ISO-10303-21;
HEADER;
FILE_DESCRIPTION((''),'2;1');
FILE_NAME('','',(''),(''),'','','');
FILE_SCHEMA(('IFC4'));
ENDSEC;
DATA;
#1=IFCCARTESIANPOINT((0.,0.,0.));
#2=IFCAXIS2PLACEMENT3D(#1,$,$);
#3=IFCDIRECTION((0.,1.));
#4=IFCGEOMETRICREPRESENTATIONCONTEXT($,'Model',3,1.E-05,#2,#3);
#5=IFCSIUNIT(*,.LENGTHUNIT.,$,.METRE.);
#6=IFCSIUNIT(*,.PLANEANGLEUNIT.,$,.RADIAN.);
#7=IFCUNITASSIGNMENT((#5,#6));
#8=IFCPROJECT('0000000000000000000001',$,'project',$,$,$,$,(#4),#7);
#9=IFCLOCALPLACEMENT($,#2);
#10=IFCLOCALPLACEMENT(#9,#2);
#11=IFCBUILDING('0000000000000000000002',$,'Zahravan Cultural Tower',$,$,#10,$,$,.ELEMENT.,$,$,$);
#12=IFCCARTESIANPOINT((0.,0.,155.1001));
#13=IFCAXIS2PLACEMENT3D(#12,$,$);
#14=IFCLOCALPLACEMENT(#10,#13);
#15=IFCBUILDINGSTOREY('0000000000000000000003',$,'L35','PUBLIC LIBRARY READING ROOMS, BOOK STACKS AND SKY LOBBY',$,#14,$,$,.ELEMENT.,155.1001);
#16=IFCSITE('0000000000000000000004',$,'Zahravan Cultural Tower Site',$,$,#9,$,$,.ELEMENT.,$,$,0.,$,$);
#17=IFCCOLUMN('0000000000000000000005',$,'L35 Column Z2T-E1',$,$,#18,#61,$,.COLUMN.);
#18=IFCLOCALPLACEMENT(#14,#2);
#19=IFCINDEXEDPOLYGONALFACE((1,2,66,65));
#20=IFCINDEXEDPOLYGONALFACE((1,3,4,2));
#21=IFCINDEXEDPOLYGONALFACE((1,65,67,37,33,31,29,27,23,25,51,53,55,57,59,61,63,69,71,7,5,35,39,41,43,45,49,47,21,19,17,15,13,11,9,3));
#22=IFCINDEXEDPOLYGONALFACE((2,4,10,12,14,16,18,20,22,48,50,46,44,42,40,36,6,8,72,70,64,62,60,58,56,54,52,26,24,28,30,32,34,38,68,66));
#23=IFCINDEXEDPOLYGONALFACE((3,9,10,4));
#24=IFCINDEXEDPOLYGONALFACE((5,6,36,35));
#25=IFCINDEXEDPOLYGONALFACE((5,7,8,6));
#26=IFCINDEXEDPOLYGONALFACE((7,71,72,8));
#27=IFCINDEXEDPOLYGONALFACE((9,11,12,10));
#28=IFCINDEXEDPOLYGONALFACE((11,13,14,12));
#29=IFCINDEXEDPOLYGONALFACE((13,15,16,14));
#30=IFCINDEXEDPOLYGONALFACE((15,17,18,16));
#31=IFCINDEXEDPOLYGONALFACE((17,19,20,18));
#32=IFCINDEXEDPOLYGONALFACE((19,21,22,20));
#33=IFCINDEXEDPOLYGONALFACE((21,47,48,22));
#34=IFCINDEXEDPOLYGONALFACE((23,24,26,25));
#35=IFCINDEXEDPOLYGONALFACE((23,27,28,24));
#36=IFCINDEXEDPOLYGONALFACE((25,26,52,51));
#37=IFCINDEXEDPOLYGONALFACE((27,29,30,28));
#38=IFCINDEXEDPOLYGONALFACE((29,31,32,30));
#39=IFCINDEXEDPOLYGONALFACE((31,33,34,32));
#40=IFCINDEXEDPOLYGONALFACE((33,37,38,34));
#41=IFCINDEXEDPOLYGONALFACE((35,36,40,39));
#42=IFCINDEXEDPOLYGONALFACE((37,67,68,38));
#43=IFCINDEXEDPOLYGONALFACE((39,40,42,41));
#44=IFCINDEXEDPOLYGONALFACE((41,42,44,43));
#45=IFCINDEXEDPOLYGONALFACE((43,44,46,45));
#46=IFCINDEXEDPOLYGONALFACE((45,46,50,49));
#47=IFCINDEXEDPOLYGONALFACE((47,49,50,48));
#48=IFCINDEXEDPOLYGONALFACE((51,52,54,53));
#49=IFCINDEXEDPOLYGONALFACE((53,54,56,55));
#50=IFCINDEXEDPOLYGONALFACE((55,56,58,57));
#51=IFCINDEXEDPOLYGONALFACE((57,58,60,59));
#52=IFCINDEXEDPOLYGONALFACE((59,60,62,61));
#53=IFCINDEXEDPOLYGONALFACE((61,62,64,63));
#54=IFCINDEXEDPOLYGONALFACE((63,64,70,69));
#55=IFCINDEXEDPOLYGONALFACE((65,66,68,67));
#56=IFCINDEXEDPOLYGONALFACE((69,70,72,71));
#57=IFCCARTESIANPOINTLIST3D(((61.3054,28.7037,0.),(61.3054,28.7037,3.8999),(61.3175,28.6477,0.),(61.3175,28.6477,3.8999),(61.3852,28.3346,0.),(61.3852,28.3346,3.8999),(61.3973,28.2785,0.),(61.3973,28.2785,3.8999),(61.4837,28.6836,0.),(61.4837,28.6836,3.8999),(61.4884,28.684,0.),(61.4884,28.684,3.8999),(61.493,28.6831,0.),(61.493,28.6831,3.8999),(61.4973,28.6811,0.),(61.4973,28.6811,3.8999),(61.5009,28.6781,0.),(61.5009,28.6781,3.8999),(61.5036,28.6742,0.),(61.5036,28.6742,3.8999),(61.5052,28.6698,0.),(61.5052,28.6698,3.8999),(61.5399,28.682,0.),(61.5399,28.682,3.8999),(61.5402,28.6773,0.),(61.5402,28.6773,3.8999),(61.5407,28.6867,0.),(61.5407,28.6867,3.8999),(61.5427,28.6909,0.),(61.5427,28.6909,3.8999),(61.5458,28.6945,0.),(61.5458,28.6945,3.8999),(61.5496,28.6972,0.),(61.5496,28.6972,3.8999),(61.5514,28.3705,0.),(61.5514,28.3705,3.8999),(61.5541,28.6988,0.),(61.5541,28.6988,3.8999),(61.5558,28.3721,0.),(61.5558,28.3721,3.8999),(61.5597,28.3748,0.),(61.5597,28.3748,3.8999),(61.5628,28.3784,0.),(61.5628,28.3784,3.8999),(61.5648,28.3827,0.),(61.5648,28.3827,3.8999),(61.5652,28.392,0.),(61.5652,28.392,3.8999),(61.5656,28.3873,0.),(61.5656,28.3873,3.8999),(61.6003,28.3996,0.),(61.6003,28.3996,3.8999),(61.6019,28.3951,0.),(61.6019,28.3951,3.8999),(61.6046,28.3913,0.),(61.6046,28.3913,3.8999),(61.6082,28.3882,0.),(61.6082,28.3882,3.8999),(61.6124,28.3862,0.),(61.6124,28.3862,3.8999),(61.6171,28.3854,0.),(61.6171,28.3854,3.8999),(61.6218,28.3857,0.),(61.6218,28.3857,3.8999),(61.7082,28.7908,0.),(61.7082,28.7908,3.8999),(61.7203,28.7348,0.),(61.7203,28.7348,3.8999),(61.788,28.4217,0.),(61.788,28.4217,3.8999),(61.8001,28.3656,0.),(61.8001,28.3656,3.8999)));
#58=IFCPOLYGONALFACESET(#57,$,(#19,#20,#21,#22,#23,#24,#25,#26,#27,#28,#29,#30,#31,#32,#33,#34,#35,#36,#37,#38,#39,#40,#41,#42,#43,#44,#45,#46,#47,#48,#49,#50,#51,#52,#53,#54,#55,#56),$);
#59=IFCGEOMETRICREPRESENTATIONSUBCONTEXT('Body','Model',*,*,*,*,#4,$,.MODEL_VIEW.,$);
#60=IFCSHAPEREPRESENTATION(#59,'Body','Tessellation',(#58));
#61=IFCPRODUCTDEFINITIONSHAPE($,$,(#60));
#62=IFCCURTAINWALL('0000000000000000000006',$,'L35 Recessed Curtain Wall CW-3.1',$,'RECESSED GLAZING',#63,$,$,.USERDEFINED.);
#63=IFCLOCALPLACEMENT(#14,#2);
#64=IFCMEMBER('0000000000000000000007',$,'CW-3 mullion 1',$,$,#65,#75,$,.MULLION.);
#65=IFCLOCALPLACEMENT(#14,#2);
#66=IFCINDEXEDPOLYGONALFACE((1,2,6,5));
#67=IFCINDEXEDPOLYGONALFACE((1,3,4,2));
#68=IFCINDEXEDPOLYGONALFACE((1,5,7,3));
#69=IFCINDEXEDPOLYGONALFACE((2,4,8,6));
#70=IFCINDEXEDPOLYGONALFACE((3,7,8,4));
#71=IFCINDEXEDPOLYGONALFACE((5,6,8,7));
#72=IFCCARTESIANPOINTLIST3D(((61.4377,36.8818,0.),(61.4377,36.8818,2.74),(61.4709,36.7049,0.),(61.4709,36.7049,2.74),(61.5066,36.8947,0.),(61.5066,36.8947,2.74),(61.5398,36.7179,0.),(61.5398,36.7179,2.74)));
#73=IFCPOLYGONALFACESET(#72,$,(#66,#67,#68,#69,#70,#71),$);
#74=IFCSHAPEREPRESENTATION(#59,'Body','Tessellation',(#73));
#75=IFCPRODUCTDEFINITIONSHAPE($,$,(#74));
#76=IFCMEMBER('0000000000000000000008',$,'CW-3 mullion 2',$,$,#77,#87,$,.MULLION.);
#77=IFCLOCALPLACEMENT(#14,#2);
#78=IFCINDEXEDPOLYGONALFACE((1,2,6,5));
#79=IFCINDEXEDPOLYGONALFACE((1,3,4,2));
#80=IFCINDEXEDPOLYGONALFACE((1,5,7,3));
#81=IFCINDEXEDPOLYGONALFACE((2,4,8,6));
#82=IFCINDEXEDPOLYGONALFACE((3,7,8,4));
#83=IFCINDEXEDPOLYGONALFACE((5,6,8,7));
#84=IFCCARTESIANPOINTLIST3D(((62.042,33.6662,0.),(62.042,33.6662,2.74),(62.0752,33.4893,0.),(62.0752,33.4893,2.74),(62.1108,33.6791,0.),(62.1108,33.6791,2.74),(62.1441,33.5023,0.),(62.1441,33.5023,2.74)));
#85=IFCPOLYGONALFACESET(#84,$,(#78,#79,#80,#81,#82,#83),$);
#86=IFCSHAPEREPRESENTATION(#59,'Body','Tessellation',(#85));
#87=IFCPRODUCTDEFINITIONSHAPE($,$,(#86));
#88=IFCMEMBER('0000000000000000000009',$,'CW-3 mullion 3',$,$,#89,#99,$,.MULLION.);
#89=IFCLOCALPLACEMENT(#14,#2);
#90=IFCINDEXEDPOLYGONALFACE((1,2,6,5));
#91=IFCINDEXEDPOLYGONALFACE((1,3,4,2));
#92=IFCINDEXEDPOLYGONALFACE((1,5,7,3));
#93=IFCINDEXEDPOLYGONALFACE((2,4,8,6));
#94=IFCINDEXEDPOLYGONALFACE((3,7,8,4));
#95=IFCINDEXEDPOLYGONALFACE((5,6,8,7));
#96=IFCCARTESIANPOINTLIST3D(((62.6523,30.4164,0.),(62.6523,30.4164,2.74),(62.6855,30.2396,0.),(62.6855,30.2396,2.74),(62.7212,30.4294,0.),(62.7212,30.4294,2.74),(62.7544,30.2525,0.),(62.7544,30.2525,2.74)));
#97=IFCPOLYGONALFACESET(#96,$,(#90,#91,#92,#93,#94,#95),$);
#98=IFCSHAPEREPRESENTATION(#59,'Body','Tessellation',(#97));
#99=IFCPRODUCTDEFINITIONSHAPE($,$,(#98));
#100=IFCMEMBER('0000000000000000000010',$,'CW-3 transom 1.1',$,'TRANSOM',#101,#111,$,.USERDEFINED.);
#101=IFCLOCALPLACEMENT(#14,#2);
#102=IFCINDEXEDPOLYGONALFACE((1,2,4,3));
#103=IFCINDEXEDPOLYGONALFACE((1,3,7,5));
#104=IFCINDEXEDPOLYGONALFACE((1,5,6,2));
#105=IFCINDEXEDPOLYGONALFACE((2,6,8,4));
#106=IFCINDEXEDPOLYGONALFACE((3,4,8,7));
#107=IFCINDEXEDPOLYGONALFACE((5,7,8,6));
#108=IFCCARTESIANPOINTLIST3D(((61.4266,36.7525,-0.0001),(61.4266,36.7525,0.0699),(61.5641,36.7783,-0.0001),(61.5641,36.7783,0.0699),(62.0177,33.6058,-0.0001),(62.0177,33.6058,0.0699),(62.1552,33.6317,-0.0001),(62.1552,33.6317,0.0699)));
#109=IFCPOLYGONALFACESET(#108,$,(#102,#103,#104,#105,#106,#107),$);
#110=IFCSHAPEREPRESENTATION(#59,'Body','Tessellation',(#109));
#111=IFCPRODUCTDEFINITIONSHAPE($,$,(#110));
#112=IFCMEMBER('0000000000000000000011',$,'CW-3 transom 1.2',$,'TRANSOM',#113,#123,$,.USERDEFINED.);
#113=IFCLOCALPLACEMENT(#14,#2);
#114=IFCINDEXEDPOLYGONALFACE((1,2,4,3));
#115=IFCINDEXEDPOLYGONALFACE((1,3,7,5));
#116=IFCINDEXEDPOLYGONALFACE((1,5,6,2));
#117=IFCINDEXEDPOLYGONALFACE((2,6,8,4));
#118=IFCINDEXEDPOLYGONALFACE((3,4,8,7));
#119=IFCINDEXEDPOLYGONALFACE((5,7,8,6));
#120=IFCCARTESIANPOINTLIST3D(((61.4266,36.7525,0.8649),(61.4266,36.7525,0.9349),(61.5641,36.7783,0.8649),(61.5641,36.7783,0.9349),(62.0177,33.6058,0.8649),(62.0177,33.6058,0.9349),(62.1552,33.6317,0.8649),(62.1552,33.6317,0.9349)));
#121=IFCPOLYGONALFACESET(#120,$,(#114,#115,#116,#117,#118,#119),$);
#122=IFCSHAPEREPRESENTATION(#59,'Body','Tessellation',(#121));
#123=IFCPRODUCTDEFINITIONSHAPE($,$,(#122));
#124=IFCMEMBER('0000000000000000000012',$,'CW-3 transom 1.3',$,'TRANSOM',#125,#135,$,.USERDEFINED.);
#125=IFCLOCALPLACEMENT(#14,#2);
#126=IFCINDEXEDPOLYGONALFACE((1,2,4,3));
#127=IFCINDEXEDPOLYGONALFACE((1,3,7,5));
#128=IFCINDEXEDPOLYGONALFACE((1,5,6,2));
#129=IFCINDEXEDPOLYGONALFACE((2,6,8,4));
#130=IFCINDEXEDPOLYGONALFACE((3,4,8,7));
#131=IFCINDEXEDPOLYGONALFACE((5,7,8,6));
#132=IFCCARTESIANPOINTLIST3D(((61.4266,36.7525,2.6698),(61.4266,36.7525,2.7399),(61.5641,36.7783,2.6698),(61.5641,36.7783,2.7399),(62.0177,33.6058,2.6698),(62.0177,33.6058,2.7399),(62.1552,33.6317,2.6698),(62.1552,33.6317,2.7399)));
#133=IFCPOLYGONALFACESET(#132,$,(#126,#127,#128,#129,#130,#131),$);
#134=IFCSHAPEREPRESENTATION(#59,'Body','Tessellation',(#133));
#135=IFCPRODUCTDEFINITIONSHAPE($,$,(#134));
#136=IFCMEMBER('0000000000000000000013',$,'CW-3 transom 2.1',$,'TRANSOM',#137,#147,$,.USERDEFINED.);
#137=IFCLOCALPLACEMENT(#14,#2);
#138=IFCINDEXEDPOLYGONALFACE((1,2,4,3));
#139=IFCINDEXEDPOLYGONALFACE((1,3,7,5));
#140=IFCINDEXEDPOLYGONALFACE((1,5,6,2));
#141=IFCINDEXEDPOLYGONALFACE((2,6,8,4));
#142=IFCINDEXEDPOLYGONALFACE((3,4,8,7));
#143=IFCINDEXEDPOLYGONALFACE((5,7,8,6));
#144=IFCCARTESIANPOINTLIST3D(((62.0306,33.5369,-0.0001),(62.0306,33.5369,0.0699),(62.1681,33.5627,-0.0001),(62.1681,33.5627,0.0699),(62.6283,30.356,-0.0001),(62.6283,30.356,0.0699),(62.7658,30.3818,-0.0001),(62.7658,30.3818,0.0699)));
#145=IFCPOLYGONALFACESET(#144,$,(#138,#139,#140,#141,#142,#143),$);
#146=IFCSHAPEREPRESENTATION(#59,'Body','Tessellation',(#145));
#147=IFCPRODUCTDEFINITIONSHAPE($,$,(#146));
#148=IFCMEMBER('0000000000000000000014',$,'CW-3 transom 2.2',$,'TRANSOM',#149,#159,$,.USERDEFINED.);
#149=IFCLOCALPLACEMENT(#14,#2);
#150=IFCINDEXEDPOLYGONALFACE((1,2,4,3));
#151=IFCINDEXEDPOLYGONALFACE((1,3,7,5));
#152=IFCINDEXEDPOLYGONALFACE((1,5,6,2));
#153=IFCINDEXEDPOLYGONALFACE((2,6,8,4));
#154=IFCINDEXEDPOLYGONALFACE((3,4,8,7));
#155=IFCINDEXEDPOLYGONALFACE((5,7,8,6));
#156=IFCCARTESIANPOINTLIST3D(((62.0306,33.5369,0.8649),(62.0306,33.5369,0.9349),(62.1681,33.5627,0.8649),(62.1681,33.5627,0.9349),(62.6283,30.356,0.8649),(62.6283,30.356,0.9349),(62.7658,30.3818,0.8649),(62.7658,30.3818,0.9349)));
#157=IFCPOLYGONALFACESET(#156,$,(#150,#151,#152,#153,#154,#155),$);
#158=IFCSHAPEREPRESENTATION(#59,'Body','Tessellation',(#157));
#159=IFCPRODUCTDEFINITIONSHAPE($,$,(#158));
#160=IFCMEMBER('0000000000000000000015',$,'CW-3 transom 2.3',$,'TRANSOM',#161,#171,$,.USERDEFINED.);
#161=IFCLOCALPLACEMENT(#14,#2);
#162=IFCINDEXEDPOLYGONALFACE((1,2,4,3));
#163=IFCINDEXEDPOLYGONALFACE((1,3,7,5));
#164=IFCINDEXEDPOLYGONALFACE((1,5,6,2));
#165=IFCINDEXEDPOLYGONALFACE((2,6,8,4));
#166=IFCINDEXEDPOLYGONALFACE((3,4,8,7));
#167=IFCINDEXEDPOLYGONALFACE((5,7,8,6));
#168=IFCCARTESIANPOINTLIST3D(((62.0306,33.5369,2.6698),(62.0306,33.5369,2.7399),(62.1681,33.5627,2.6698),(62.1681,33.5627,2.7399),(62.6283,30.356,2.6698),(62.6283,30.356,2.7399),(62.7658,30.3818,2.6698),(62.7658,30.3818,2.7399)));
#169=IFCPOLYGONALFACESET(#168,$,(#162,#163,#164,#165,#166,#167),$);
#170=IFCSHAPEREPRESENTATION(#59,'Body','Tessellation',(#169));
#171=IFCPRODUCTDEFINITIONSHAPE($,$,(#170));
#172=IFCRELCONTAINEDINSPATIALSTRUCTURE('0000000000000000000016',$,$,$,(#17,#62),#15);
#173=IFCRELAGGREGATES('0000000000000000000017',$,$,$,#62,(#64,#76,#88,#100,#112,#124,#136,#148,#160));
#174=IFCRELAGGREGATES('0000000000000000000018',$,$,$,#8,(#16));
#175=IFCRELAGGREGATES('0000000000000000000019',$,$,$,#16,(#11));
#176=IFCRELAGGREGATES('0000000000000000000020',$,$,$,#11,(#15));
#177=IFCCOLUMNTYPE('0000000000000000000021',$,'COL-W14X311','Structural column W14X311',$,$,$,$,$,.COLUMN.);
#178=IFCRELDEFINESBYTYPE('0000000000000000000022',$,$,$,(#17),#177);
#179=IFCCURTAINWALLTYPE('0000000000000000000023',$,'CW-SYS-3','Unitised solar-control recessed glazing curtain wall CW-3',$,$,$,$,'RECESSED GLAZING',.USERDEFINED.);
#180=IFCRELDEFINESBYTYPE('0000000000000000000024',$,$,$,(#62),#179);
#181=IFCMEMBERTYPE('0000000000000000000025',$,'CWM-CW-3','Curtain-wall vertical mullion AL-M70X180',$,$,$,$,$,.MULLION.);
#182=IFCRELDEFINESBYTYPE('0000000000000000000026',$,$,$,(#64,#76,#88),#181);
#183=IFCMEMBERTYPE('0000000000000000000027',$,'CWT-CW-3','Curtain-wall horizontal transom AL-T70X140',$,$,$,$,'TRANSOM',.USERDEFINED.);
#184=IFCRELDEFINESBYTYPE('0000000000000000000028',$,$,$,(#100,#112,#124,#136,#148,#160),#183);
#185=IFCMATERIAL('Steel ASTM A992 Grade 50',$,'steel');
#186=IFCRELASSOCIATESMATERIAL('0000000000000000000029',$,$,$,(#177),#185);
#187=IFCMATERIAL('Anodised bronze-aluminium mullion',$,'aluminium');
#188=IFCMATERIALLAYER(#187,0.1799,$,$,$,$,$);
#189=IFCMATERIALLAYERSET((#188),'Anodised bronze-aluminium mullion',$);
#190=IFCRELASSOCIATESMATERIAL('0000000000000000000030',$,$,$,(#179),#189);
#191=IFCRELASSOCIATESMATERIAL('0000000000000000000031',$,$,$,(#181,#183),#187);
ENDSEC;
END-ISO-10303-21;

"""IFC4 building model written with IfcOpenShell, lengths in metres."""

from ifc_helpers import new_model, si_unit, direction, frame, origin, origin_2d, place, context, subcontext, project, spatial, rectangle, i_section, extrude, source, transform, mapped, material, layer, layer_set, material_profile, profile_set, type_object, element, aggregate, save


model = new_model("IFC4")

# Units and contexts
model_context = context("Model", 3, precision=1e-05, world=origin(), true_north=direction((0.0, 1.0)))
body_context = subcontext(model_context, "Body", "Model", "MODEL_VIEW")
ifc_project = project(units=[si_unit("LENGTHUNIT", "METRE"), si_unit("PLANEANGLEUNIT", "RADIAN")], contexts=[model_context])

# Site, building, storey
site_placement = place(None, origin())
site = spatial("IfcSite", under=ifc_project, at=site_placement, Name="Zahravan Cultural Tower Site", CompositionType="ELEMENT", RefElevation=0.0)
building_placement = place(site_placement, origin())
building = spatial("IfcBuilding", under=site, at=building_placement, Name="Zahravan Cultural Tower", CompositionType="ELEMENT")
storey_placement = place(building_placement, frame((0.0, 0.0, 155.1001)))
storey = spatial("IfcBuildingStorey", under=building, at=storey_placement, Name="L35", Description="PUBLIC LIBRARY READING ROOMS, BOOK STACKS AND SKY LOBBY", CompositionType="ELEMENT", Elevation=155.1001)

# Column
ifc_material_1 = material(Name="Steel ASTM A992 Grade 50", Category="steel")
ifc_material_profile_1 = material_profile(ifc_material_1, i_section(OverallWidth=0.4121, OverallDepth=0.4351, WebThickness=0.0359, FlangeThickness=0.0574, FilletRadius=0.0181, at=origin_2d()), Name="W14X311")
ifc_profile_set_1 = profile_set([ifc_material_profile_1], Name="Steel ASTM A992 Grade 50")
column_type = type_object("IfcColumnType", Name="COL-W14X311", Description="Structural column W14X311", PredefinedType="COLUMN", material=ifc_profile_set_1)
shared_shape_1 = source(origin(), body_context, "Body", "SweptSolid", [
    extrude(i_section(OverallWidth=0.4121, OverallDepth=0.4351, WebThickness=0.0359, FlangeThickness=0.0574, FilletRadius=0.0181, at=origin_2d()), origin(), (0.0, 0.0, 1.0), 3.8999),
])
column_placement = place(storey_placement, frame((61.5527, 28.5347, 0.0), z_axis=(0.0, 0.0, 1.0), x_axis=(0.977416, 0.211325, 0.0)))
element("IfcColumn", 1, at=column_placement, inside=storey, type_object=column_type, Name="L35 Column Z2T-E1", PredefinedType="COLUMN", context=body_context, shape_type="MappedRepresentation", body=[
    mapped(shared_shape_1, transform((0.0, 0.0, 0.0), x_axis=(1.0, 0.0, 0.0), y_axis=(0.0, 1.0, 0.0), z_axis=(0.0, 0.0, 1.0), scale=1.0)),
])

# Curtain wall, members
ifc_material_2 = material(Name="Anodised bronze-aluminium mullion", Category="aluminium")
ifc_layer_1 = layer(ifc_material_2, 0.1799)
ifc_layer_set_1 = layer_set([ifc_layer_1], Name="Anodised bronze-aluminium mullion")
curtain_wall_type = type_object("IfcCurtainWallType", Name="CW-SYS-3", Description="Unitised solar-control recessed glazing curtain wall CW-3", ElementType="RECESSED GLAZING", PredefinedType="USERDEFINED", material=ifc_layer_set_1)
curtain_wall_placement = place(storey_placement, origin())
curtain_wall = element("IfcCurtainWall", 2, at=curtain_wall_placement, inside=storey, type_object=curtain_wall_type, Name="L35 Recessed Curtain Wall CW-3.1", ObjectType="RECESSED GLAZING", PredefinedType="USERDEFINED")
ifc_material_profile_2 = material_profile(ifc_material_2, rectangle(XDim=0.0701, YDim=0.1799, at=origin_2d()), Name="AL-M70X180")
ifc_profile_set_2 = profile_set([ifc_material_profile_2], Name="Anodised bronze-aluminium mullion")
member_type_1 = type_object("IfcMemberType", Name="CWM-CW-3", Description="Curtain-wall vertical mullion AL-M70X180", PredefinedType="MULLION", material=ifc_profile_set_2)
shared_shape_2 = source(origin(), body_context, "Body", "SweptSolid", [
    extrude(rectangle(XDim=0.0701, YDim=0.1799, at=origin_2d()), origin(), (0.0, 0.0, 1.0), 2.74),
])
member_1_placement = place(storey_placement, frame((61.4888, 36.7998, 0.0), z_axis=(0.0, 0.0, 1.0), x_axis=(0.982807, 0.184638, 0.0)))
member_1 = element("IfcMember", 3, at=member_1_placement, type_object=member_type_1, Name="CW-3 mullion 1", PredefinedType="MULLION", context=body_context, shape_type="MappedRepresentation", body=[
    mapped(shared_shape_2, transform((0.0, 0.0, 0.0), x_axis=(1.0, 0.0, 0.0), y_axis=(0.0, 1.0, 0.0), z_axis=(0.0, 0.0, 1.0), scale=1.0)),
])
member_2_placement = place(storey_placement, frame((62.093, 33.5842, 0.0), z_axis=(0.0, 0.0, 1.0), x_axis=(0.982807, 0.184638, 0.0)))
member_2 = element("IfcMember", 4, at=member_2_placement, type_object=member_type_1, Name="CW-3 mullion 2", PredefinedType="MULLION", context=body_context, shape_type="MappedRepresentation", body=[
    mapped(shared_shape_2, transform((0.0, 0.0, 0.0), x_axis=(1.0, 0.0, 0.0), y_axis=(0.0, 1.0, 0.0), z_axis=(0.0, 0.0, 1.0), scale=1.0)),
])
member_3_placement = place(storey_placement, frame((62.7034, 30.3345, 0.0), z_axis=(0.0, 0.0, 1.0), x_axis=(0.982807, 0.184638, 0.0)))
member_3 = element("IfcMember", 5, at=member_3_placement, type_object=member_type_1, Name="CW-3 mullion 3", PredefinedType="MULLION", context=body_context, shape_type="MappedRepresentation", body=[
    mapped(shared_shape_2, transform((0.0, 0.0, 0.0), x_axis=(1.0, 0.0, 0.0), y_axis=(0.0, 1.0, 0.0), z_axis=(0.0, 0.0, 1.0), scale=1.0)),
])
ifc_material_profile_3 = material_profile(ifc_material_2, rectangle(XDim=0.1399, YDim=0.0701, at=origin_2d()), Name="AL-T70X140")
ifc_profile_set_3 = profile_set([ifc_material_profile_3], Name="Anodised bronze-aluminium mullion")
member_type_2 = type_object("IfcMemberType", Name="CWT-CW-3", Description="Curtain-wall horizontal transom AL-T70X140", ElementType="TRANSOM", PredefinedType="USERDEFINED", material=ifc_profile_set_3)
shared_shape_3 = source(origin(), body_context, "Body", "SweptSolid", [
    extrude(rectangle(XDim=0.1399, YDim=0.0701, at=origin_2d()), origin(), (0.0, 0.0, 1.0), 3.2017),
])
member_4_placement = place(storey_placement, frame((61.4954, 36.7654, 0.0349), z_axis=(0.184606, -0.982813, 0.0), x_axis=(0.982813, 0.184606, 0.0)))
member_4 = element("IfcMember", 6, at=member_4_placement, type_object=member_type_2, Name="CW-3 transom 1.1", ObjectType="TRANSOM", PredefinedType="USERDEFINED", context=body_context, shape_type="MappedRepresentation", body=[
    mapped(shared_shape_3, transform((0.0, 0.0, 0.0), x_axis=(1.0, 0.0, 0.0), y_axis=(0.0, 1.0, 0.0), z_axis=(0.0, 0.0, 1.0), scale=1.0)),
])
member_5_placement = place(storey_placement, frame((61.4954, 36.7654, 0.8999), z_axis=(0.184606, -0.982813, 0.0), x_axis=(0.982813, 0.184606, 0.0)))
member_5 = element("IfcMember", 7, at=member_5_placement, type_object=member_type_2, Name="CW-3 transom 1.2", ObjectType="TRANSOM", PredefinedType="USERDEFINED", context=body_context, shape_type="MappedRepresentation", body=[
    mapped(shared_shape_3, transform((0.0, 0.0, 0.0), x_axis=(1.0, 0.0, 0.0), y_axis=(0.0, 1.0, 0.0), z_axis=(0.0, 0.0, 1.0), scale=1.0)),
])
member_6_placement = place(storey_placement, frame((61.4954, 36.7654, 2.7048), z_axis=(0.184606, -0.982813, 0.0), x_axis=(0.982813, 0.184606, 0.0)))
member_6 = element("IfcMember", 8, at=member_6_placement, type_object=member_type_2, Name="CW-3 transom 1.3", ObjectType="TRANSOM", PredefinedType="USERDEFINED", context=body_context, shape_type="MappedRepresentation", body=[
    mapped(shared_shape_3, transform((0.0, 0.0, 0.0), x_axis=(1.0, 0.0, 0.0), y_axis=(0.0, 1.0, 0.0), z_axis=(0.0, 0.0, 1.0), scale=1.0)),
])
shared_shape_4 = source(origin(), body_context, "Body", "SweptSolid", [
    extrude(rectangle(XDim=0.1399, YDim=0.0701, at=origin_2d()), origin(), (0.0, 0.0, 1.0), 3.2366),
])
member_7_placement = place(storey_placement, frame((62.0994, 33.5498, 0.0349), z_axis=(0.184657, -0.982803, 0.0), x_axis=(0.982803, 0.184657, 0.0)))
member_7 = element("IfcMember", 9, at=member_7_placement, type_object=member_type_2, Name="CW-3 transom 2.1", ObjectType="TRANSOM", PredefinedType="USERDEFINED", context=body_context, shape_type="MappedRepresentation", body=[
    mapped(shared_shape_4, transform((0.0, 0.0, 0.0), x_axis=(1.0, 0.0, 0.0), y_axis=(0.0, 1.0, 0.0), z_axis=(0.0, 0.0, 1.0), scale=1.0)),
])
member_8_placement = place(storey_placement, frame((62.0994, 33.5498, 0.8999), z_axis=(0.184657, -0.982803, 0.0), x_axis=(0.982803, 0.184657, 0.0)))
member_8 = element("IfcMember", 10, at=member_8_placement, type_object=member_type_2, Name="CW-3 transom 2.2", ObjectType="TRANSOM", PredefinedType="USERDEFINED", context=body_context, shape_type="MappedRepresentation", body=[
    mapped(shared_shape_4, transform((0.0, 0.0, 0.0), x_axis=(1.0, 0.0, 0.0), y_axis=(0.0, 1.0, 0.0), z_axis=(0.0, 0.0, 1.0), scale=1.0)),
])
member_9_placement = place(storey_placement, frame((62.0994, 33.5498, 2.7048), z_axis=(0.184657, -0.982803, 0.0), x_axis=(0.982803, 0.184657, 0.0)))
member_9 = element("IfcMember", 11, at=member_9_placement, type_object=member_type_2, Name="CW-3 transom 2.3", ObjectType="TRANSOM", PredefinedType="USERDEFINED", context=body_context, shape_type="MappedRepresentation", body=[
    mapped(shared_shape_4, transform((0.0, 0.0, 0.0), x_axis=(1.0, 0.0, 0.0), y_axis=(0.0, 1.0, 0.0), z_axis=(0.0, 0.0, 1.0), scale=1.0)),
])
aggregate(curtain_wall, [member_1, member_2, member_3, member_4, member_5, member_6, member_7, member_8, member_9])

save(model, "model.ifc")
